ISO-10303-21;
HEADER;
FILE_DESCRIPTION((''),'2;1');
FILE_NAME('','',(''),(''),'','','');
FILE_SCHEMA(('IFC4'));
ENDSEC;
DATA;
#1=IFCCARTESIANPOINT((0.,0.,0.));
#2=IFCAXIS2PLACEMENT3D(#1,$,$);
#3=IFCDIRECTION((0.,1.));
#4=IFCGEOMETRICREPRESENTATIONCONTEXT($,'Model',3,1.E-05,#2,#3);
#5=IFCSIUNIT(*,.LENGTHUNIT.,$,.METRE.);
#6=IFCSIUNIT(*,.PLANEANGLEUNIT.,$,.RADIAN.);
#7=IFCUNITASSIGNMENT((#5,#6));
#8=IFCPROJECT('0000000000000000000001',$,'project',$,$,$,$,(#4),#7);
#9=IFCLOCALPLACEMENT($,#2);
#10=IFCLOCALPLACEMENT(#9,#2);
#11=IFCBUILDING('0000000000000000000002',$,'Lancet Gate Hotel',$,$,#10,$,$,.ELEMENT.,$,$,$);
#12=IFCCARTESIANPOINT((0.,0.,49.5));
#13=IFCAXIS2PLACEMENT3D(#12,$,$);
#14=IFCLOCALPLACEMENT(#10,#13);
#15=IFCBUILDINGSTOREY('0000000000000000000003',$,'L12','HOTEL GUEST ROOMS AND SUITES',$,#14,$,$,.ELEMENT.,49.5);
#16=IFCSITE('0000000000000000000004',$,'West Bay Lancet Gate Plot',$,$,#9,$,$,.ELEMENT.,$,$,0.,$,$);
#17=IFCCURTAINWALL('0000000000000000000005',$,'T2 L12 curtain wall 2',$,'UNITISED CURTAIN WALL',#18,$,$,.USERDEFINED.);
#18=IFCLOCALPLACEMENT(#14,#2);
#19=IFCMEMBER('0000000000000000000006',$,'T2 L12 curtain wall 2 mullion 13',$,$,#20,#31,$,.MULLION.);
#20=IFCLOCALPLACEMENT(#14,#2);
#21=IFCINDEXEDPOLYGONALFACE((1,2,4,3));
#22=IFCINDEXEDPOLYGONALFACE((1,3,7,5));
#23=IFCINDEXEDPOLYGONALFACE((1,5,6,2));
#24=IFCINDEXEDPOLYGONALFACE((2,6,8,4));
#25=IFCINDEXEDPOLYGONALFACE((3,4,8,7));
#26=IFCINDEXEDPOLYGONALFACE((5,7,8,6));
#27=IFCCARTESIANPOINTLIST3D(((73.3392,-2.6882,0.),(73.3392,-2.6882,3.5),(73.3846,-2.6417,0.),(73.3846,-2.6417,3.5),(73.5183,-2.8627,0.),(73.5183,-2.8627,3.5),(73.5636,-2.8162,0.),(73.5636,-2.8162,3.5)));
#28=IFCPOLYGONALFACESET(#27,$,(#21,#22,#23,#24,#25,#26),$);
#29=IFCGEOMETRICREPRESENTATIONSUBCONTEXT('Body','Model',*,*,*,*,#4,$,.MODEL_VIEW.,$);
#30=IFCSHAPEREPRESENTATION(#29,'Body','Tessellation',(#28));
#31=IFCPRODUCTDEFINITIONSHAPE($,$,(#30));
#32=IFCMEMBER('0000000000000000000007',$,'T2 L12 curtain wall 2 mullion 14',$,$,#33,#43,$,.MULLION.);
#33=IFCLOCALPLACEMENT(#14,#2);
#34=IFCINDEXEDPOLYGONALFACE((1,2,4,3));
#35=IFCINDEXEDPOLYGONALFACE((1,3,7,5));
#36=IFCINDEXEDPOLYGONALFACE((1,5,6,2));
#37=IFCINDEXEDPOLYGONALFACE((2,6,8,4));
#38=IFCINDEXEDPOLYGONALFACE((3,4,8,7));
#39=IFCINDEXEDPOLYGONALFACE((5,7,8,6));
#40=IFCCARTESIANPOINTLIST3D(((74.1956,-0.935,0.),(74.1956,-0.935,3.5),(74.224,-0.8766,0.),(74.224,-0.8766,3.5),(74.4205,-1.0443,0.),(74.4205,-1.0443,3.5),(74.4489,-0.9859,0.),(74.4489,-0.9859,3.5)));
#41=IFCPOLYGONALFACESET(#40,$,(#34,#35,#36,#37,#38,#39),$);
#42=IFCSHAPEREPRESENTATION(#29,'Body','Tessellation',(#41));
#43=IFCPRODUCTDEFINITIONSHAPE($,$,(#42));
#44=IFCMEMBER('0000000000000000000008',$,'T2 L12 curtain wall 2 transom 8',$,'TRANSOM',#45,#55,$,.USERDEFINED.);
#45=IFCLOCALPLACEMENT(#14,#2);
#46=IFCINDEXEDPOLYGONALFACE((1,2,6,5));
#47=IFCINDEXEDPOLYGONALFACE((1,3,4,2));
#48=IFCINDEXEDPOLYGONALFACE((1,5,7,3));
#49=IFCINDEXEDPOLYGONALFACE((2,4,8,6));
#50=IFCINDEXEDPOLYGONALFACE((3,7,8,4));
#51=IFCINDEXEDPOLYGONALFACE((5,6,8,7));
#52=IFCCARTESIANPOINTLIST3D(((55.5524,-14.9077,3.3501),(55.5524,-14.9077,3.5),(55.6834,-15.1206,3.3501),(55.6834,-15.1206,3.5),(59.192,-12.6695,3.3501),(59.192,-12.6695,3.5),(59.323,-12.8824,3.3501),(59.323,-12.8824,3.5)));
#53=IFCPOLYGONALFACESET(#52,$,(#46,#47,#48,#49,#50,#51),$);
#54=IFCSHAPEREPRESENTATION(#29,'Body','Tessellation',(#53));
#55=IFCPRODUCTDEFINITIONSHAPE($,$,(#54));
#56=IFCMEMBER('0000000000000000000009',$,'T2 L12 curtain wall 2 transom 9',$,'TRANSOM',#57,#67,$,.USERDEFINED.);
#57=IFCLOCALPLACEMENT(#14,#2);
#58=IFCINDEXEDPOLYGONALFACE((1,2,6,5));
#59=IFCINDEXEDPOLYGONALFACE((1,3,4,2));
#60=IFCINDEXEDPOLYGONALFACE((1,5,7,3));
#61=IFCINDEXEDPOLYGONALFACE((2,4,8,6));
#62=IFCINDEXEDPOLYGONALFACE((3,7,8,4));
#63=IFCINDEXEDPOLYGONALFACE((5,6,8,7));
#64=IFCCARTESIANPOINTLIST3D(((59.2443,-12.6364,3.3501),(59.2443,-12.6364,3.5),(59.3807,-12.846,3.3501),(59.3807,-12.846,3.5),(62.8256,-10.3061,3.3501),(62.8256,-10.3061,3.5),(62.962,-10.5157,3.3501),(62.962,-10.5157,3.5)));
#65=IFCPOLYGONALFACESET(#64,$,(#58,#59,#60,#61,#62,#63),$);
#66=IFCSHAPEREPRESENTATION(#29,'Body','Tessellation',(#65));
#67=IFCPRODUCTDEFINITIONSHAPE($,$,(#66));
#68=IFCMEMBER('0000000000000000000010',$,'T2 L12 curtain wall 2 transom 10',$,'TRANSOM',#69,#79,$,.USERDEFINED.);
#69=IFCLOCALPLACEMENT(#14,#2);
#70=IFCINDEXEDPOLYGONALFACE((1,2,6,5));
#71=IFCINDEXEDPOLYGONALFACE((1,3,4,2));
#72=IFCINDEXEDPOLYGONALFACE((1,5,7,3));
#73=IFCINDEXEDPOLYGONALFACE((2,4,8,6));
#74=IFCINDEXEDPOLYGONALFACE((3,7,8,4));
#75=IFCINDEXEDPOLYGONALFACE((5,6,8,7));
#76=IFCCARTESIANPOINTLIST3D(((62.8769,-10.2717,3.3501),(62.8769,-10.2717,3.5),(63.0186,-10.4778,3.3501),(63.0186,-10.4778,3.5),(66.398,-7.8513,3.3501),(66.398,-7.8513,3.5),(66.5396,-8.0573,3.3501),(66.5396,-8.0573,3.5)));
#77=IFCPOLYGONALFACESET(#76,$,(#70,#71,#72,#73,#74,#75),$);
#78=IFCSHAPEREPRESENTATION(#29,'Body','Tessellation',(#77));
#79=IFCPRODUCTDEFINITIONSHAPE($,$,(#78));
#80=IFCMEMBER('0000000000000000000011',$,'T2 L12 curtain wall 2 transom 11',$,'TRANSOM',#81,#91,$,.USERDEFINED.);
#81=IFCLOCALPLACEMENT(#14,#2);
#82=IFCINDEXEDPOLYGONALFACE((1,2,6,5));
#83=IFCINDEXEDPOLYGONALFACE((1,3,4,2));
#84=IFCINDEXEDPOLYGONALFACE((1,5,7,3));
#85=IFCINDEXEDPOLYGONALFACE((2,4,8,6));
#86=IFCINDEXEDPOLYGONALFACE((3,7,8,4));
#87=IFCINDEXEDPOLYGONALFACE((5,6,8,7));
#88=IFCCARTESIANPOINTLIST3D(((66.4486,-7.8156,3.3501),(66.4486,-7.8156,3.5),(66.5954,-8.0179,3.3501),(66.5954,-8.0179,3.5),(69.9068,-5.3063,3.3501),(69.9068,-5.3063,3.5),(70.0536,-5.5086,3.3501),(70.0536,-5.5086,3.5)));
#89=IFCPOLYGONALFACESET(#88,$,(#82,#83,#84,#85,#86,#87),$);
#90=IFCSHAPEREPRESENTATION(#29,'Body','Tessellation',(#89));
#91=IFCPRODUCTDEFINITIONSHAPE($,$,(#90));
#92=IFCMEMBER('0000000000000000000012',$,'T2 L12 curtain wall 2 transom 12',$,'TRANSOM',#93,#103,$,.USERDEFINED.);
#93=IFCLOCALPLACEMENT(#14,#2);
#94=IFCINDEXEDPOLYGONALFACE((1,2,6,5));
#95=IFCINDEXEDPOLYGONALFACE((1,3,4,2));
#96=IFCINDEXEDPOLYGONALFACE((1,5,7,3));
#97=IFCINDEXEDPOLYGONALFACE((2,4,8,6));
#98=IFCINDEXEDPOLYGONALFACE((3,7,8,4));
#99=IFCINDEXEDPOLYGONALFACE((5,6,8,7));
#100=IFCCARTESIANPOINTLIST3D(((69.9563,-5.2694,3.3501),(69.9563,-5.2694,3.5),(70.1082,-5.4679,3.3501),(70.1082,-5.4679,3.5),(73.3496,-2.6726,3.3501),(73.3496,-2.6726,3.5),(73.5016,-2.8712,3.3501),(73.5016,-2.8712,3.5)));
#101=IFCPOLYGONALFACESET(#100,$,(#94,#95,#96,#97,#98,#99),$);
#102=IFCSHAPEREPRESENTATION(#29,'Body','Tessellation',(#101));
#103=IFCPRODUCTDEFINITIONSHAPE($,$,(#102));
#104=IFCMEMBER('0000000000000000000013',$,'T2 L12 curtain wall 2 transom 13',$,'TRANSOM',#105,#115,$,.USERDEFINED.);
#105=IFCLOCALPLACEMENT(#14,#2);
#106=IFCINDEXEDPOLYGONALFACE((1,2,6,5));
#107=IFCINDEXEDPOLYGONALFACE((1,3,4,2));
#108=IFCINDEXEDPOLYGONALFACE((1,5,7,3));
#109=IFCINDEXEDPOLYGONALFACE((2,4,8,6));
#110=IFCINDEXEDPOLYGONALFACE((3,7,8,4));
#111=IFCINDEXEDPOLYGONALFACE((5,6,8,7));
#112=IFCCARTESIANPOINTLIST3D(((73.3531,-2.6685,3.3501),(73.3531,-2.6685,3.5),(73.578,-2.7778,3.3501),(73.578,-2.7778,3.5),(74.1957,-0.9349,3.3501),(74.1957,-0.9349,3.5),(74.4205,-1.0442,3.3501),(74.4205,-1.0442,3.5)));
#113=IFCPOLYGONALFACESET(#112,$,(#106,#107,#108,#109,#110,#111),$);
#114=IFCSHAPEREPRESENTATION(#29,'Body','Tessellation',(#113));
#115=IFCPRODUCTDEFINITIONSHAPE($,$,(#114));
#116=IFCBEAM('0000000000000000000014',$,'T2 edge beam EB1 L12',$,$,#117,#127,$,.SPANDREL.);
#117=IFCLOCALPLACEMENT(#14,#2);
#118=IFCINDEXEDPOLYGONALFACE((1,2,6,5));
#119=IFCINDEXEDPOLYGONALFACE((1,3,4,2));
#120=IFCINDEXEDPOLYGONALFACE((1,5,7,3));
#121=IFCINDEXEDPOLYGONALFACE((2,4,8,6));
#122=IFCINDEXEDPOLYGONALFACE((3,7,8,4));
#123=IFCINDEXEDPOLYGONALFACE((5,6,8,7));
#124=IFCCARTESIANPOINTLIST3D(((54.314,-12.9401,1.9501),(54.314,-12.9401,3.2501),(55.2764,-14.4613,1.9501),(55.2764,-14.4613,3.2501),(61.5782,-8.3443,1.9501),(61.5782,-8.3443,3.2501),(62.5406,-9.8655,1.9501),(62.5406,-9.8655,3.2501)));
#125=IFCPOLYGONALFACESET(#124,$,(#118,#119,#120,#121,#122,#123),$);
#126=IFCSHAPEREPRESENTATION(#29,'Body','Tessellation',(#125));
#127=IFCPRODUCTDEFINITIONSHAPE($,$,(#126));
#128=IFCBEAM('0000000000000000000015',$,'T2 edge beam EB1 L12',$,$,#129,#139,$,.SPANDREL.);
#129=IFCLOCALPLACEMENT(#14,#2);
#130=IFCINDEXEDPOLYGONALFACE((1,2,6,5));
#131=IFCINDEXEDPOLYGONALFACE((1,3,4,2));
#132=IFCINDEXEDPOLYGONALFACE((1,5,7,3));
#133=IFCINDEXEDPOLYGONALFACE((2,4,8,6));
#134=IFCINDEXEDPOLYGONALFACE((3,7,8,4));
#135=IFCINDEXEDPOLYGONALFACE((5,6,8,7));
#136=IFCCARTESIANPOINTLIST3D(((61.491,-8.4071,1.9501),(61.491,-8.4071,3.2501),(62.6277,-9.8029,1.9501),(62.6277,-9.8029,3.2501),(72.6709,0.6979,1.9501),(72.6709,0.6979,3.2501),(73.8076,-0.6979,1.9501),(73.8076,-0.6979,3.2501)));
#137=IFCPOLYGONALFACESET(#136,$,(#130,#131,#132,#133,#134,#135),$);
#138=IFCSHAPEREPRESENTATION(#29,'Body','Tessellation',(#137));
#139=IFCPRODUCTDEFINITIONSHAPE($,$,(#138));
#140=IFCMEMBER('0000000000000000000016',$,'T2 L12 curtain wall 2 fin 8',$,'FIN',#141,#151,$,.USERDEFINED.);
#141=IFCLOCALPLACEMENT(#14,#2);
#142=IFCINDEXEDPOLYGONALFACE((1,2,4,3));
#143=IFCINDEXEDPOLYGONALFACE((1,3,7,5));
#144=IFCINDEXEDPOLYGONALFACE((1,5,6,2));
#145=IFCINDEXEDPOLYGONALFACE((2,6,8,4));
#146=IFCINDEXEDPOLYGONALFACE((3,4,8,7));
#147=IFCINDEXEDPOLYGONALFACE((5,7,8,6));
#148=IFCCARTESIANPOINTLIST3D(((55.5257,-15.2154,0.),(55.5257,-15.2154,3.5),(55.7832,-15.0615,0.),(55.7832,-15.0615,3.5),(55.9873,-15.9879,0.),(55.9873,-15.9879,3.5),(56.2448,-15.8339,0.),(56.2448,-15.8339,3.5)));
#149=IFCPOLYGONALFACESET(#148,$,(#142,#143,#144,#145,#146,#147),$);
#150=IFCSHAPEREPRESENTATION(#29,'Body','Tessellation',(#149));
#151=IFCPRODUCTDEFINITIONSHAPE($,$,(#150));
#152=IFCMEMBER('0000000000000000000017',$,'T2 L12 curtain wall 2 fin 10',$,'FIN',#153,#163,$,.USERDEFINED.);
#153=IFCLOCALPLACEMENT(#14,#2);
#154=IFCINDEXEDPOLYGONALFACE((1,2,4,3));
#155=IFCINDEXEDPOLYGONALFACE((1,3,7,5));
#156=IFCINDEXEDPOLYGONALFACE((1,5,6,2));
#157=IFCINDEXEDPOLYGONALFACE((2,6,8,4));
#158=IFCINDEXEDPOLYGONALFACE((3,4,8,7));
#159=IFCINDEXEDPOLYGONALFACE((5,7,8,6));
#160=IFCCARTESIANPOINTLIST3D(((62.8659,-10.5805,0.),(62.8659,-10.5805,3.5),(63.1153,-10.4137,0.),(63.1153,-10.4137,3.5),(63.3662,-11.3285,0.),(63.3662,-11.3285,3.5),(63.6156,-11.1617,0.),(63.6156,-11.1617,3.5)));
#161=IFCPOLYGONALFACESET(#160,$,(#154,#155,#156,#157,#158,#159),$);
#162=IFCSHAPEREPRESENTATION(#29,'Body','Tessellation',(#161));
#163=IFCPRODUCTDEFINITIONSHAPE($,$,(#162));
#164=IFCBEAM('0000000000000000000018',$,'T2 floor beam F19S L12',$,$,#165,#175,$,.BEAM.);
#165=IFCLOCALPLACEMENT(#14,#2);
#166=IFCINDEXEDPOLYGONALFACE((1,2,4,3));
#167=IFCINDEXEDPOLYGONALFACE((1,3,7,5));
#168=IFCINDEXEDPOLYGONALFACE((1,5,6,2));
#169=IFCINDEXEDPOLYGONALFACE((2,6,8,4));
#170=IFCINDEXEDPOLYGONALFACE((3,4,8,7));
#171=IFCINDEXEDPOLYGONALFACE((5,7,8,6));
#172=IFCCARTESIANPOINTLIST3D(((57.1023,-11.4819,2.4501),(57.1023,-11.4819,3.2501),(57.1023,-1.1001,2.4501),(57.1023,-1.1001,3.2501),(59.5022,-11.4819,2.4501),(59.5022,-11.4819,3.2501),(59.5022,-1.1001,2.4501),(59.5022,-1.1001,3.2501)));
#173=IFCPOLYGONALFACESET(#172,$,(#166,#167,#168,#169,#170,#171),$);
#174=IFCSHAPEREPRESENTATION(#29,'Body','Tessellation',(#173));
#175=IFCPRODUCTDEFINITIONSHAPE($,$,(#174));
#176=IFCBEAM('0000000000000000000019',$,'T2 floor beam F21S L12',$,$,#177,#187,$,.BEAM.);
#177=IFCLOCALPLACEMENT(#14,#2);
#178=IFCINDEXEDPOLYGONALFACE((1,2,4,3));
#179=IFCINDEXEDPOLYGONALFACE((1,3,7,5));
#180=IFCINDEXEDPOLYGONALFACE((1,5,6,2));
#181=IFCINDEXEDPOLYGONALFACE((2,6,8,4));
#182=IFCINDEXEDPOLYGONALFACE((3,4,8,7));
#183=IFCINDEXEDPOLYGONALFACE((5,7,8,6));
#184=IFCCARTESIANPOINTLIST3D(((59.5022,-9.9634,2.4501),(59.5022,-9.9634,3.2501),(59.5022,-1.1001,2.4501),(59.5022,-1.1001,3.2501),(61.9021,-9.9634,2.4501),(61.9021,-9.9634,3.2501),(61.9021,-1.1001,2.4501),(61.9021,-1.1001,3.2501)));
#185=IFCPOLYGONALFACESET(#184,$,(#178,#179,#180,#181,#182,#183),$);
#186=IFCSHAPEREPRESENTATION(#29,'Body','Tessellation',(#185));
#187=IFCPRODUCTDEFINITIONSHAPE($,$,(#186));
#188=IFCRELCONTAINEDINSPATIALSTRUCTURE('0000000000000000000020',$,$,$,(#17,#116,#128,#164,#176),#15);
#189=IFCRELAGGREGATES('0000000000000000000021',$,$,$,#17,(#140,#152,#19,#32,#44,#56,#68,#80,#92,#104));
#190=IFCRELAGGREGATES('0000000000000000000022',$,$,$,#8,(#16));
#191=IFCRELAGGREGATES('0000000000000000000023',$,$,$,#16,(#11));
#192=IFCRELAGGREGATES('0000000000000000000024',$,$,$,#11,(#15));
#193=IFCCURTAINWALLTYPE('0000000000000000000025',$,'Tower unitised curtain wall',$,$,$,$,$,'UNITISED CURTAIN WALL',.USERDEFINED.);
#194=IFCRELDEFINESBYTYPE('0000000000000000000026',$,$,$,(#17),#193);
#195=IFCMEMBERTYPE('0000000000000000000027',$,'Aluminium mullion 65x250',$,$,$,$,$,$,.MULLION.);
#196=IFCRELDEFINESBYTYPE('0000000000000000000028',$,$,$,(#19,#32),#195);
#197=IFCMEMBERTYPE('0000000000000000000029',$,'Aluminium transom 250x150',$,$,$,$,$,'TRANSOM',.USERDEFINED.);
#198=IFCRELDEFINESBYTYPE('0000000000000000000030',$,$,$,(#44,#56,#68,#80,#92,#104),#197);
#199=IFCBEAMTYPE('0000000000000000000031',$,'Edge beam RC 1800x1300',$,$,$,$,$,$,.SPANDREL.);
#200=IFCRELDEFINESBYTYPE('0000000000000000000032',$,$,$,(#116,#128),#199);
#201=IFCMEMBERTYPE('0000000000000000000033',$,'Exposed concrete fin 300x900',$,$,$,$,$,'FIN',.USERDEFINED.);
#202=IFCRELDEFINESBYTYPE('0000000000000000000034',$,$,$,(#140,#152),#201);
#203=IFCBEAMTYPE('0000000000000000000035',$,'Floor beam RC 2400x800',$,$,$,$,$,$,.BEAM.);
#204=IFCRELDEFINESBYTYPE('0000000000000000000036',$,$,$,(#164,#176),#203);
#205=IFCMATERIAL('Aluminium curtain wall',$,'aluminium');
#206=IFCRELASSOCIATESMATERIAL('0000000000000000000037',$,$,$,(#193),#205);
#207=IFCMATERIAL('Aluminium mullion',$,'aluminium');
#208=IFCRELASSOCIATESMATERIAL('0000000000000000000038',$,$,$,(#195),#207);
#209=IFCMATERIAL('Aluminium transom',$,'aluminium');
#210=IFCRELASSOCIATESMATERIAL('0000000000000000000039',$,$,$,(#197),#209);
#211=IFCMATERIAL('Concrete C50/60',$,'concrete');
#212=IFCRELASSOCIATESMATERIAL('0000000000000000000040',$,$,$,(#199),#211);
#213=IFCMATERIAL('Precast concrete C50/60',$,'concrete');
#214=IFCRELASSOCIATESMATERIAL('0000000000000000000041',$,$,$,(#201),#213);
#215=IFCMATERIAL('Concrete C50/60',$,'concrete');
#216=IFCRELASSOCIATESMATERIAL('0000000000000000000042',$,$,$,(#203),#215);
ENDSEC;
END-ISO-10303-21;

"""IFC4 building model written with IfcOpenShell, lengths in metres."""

from ifc_helpers import new_model, si_unit, direction, frame, origin, origin_2d, place, context, subcontext, project, spatial, rectangle, extrude, material, material_profile, profile_set, type_object, element, aggregate, save


model = new_model("IFC4")

# Units and contexts
model_context = context("Model", 3, precision=1e-05, world=origin(), true_north=direction((0.0, 1.0)))
body_context = subcontext(model_context, "Body", "Model", "MODEL_VIEW")
ifc_project = project(units=[si_unit("LENGTHUNIT", "METRE"), si_unit("PLANEANGLEUNIT", "RADIAN")], contexts=[model_context])

# Site, building, storey
site_placement = place(None, origin())
site = spatial("IfcSite", under=ifc_project, at=site_placement, Name="West Bay Lancet Gate Plot", CompositionType="ELEMENT", RefElevation=0.0)
building_placement = place(site_placement, origin())
building = spatial("IfcBuilding", under=site, at=building_placement, Name="Lancet Gate Hotel", CompositionType="ELEMENT")
storey_placement = place(building_placement, frame((0.0, 0.0, 49.5)))
storey = spatial("IfcBuildingStorey", under=building, at=storey_placement, Name="L12", Description="HOTEL GUEST ROOMS AND SUITES", CompositionType="ELEMENT", Elevation=49.5)

# Curtain wall, members
ifc_material_1 = material(Name="Aluminium curtain wall", Category="aluminium")
curtain_wall_type = type_object("IfcCurtainWallType", Name="Tower unitised curtain wall", ElementType="UNITISED CURTAIN WALL", PredefinedType="USERDEFINED", material=ifc_material_1)
curtain_wall_placement = place(storey_placement, origin())
curtain_wall = element("IfcCurtainWall", 1, at=curtain_wall_placement, inside=storey, type_object=curtain_wall_type, Name="T2 L12 curtain wall 2", ObjectType="UNITISED CURTAIN WALL", PredefinedType="USERDEFINED")
ifc_material_2 = material(Name="Aluminium mullion", Category="aluminium")
ifc_material_profile_1 = material_profile(ifc_material_2, rectangle(XDim=0.0649, YDim=0.25, at=origin_2d()), Name="MULLION 65x250")
ifc_profile_set_1 = profile_set([ifc_material_profile_1], Name="Aluminium mullion")
member_type_1 = type_object("IfcMemberType", Name="Aluminium mullion 65x250", PredefinedType="MULLION", material=ifc_profile_set_1)
member_1_placement = place(storey_placement, frame((73.4514, -2.7522, 0.0), z_axis=(0.0, 0.0, 1.0), x_axis=(0.697983, 0.716114, 0.0)))
member_1 = element("IfcMember", 2, at=member_1_placement, type_object=member_type_1, Name="T2 L12 curtain wall 2 mullion 13", PredefinedType="MULLION", context=body_context, shape_type="SweptSolid", body=[
    extrude(rectangle(XDim=0.0649, YDim=0.25, at=origin_2d()), origin(), (0.0, 0.0, 1.0), 3.5),
])
member_2_placement = place(storey_placement, frame((74.3223, -0.9604, 0.0), z_axis=(0.0, 0.0, 1.0), x_axis=(0.437169, 0.899379, 0.0)))
member_2 = element("IfcMember", 3, at=member_2_placement, type_object=member_type_1, Name="T2 L12 curtain wall 2 mullion 14", PredefinedType="MULLION", context=body_context, shape_type="SweptSolid", body=[
    extrude(rectangle(XDim=0.0649, YDim=0.25, at=origin_2d()), origin(), (0.0, 0.0, 1.0), 3.5),
])
ifc_material_3 = material(Name="Aluminium transom", Category="aluminium")
ifc_material_profile_2 = material_profile(ifc_material_3, rectangle(XDim=0.25, YDim=0.1499, at=origin_2d()), Name="TRANSOM 250x150")
ifc_profile_set_2 = profile_set([ifc_material_profile_2], Name="Aluminium transom")
member_type_2 = type_object("IfcMemberType", Name="Aluminium transom 250x150", ElementType="TRANSOM", PredefinedType="USERDEFINED", material=ifc_profile_set_2)
member_3_placement = place(storey_placement, frame((55.6179, -15.0142, 3.425), z_axis=(0.851815, 0.523842, 0.0), x_axis=(-0.523842, 0.851815, 0.0)))
member_3 = element("IfcMember", 4, at=member_3_placement, type_object=member_type_2, Name="T2 L12 curtain wall 2 transom 8", ObjectType="TRANSOM", PredefinedType="USERDEFINED", context=body_context, shape_type="SweptSolid", body=[
    extrude(rectangle(XDim=0.25, YDim=0.1499, at=origin_2d()), origin(), (0.0, 0.0, 1.0), 4.2727),
])
member_4_placement = place(storey_placement, frame((59.3125, -12.7412, 3.425), z_axis=(0.838179, 0.545396, 0.0), x_axis=(-0.545396, 0.838179, 0.0)))
member_4 = element("IfcMember", 5, at=member_4_placement, type_object=member_type_2, Name="T2 L12 curtain wall 2 transom 9", ObjectType="TRANSOM", PredefinedType="USERDEFINED", context=body_context, shape_type="SweptSolid", body=[
    extrude(rectangle(XDim=0.25, YDim=0.1499, at=origin_2d()), origin(), (0.0, 0.0, 1.0), 4.2727),
])
member_5_placement = place(storey_placement, frame((62.9478, -10.3748, 3.425), z_axis=(0.824072, 0.566485, 0.0), x_axis=(-0.566485, 0.824072, 0.0)))
member_5 = element("IfcMember", 6, at=member_5_placement, type_object=member_type_2, Name="T2 L12 curtain wall 2 transom 10", ObjectType="TRANSOM", PredefinedType="USERDEFINED", context=body_context, shape_type="SweptSolid", body=[
    extrude(rectangle(XDim=0.25, YDim=0.1499, at=origin_2d()), origin(), (0.0, 0.0, 1.0), 4.2727),
])
member_6_placement = place(storey_placement, frame((66.522, -7.9167, 3.425), z_axis=(0.809383, 0.587281, 0.0), x_axis=(-0.587281, 0.809383, 0.0)))
member_6 = element("IfcMember", 7, at=member_6_placement, type_object=member_type_2, Name="T2 L12 curtain wall 2 transom 11", ObjectType="TRANSOM", PredefinedType="USERDEFINED", context=body_context, shape_type="SweptSolid", body=[
    extrude(rectangle(XDim=0.25, YDim=0.1499, at=origin_2d()), origin(), (0.0, 0.0, 1.0), 4.2727),
])
member_7_placement = place(storey_placement, frame((70.0322, -5.3687, 3.425), z_axis=(0.794155, 0.607715, 0.0), x_axis=(-0.607715, 0.794155, 0.0)))
member_7 = element("IfcMember", 8, at=member_7_placement, type_object=member_type_2, Name="T2 L12 curtain wall 2 transom 12", ObjectType="TRANSOM", PredefinedType="USERDEFINED", context=body_context, shape_type="SweptSolid", body=[
    extrude(rectangle(XDim=0.25, YDim=0.1499, at=origin_2d()), origin(), (0.0, 0.0, 1.0), 4.2729),
])
member_8_placement = place(storey_placement, frame((73.4656, -2.7231, 3.425), z_axis=(0.437103, 0.899411, 0.0), x_axis=(-0.899411, 0.437103, 0.0)))
member_8 = element("IfcMember", 9, at=member_8_placement, type_object=member_type_2, Name="T2 L12 curtain wall 2 transom 13", ObjectType="TRANSOM", PredefinedType="USERDEFINED", context=body_context, shape_type="SweptSolid", body=[
    extrude(rectangle(XDim=0.25, YDim=0.1499, at=origin_2d()), origin(), (0.0, 0.0, 1.0), 1.9275),
])

# Beams
ifc_material_4 = material(Name="Concrete C50/60", Category="concrete")
ifc_material_profile_3 = material_profile(ifc_material_4, rectangle(XDim=1.8, YDim=1.3, at=origin_2d()), Name="RC 1800x1300")
ifc_profile_set_3 = profile_set([ifc_material_profile_3], Name="Concrete C50/60")
beam_type_1 = type_object("IfcBeamType", Name="Edge beam RC 1800x1300", PredefinedType="SPANDREL", material=ifc_profile_set_3)
beam_1_placement = place(storey_placement, frame((54.7952, -13.7007, 2.6001), z_axis=(0.845078, 0.534643, 0.0), x_axis=(-0.534643, 0.845078, 0.0)))
element("IfcBeam", 10, at=beam_1_placement, inside=storey, type_object=beam_type_1, Name="T2 edge beam EB1 L12", PredefinedType="SPANDREL", context=body_context, shape_type="SweptSolid", body=[
    extrude(rectangle(XDim=1.8, YDim=1.3, at=origin_2d()), origin(), (0.0, 0.0, 1.0), 8.5959),
])
beam_2_placement = place(storey_placement, frame((62.0593, -9.105, 2.6001), z_axis=(0.775391, 0.631481, 0.0), x_axis=(-0.631481, 0.775391, 0.0)))
element("IfcBeam", 11, at=beam_2_placement, inside=storey, type_object=beam_type_1, Name="T2 edge beam EB1 L12", PredefinedType="SPANDREL", context=body_context, shape_type="SweptSolid", body=[
    extrude(rectangle(XDim=1.8, YDim=1.3, at=origin_2d()), origin(), (0.0, 0.0, 1.0), 14.4185),
])

# Members
ifc_material_5 = material(Name="Precast concrete C50/60", Category="concrete")
ifc_material_profile_4 = material_profile(ifc_material_5, rectangle(XDim=0.3, YDim=0.8999, at=origin_2d()), Name="FIN 300x900")
ifc_profile_set_4 = profile_set([ifc_material_profile_4], Name="Precast concrete C50/60")
member_type_3 = type_object("IfcMemberType", Name="Exposed concrete fin 300x900", ElementType="FIN", PredefinedType="USERDEFINED", material=ifc_profile_set_4)
member_9_placement = place(storey_placement, frame((55.8853, -15.5247, 0.0), z_axis=(0.0, 0.0, 1.0), x_axis=(0.858413, 0.512959, 0.0)))
member_9 = element("IfcMember", 12, at=member_9_placement, type_object=member_type_3, Name="T2 L12 curtain wall 2 fin 8", ObjectType="FIN", PredefinedType="USERDEFINED", context=body_context, shape_type="SweptSolid", body=[
    extrude(rectangle(XDim=0.3, YDim=0.8999, at=origin_2d()), origin(), (0.0, 0.0, 1.0), 3.5),
])
member_10_placement = place(storey_placement, frame((63.2407, -10.8711, 0.0), z_axis=(0.0, 0.0, 1.0), x_axis=(0.831198, 0.555976, 0.0)))
member_10 = element("IfcMember", 13, at=member_10_placement, type_object=member_type_3, Name="T2 L12 curtain wall 2 fin 10", ObjectType="FIN", PredefinedType="USERDEFINED", context=body_context, shape_type="SweptSolid", body=[
    extrude(rectangle(XDim=0.3, YDim=0.8999, at=origin_2d()), origin(), (0.0, 0.0, 1.0), 3.5),
])

# Beams
ifc_material_6 = material(Name="Concrete C50/60", Category="concrete")
ifc_material_profile_5 = material_profile(ifc_material_6, rectangle(XDim=2.3999, YDim=0.8, at=origin_2d()), Name="RC 2400x800")
ifc_profile_set_5 = profile_set([ifc_material_profile_5], Name="Concrete C50/60")
beam_type_2 = type_object("IfcBeamType", Name="Floor beam RC 2400x800", PredefinedType="BEAM", material=ifc_profile_set_5)
beam_3_placement = place(storey_placement, frame((58.3022, -11.4819, 2.8501), z_axis=(0.0, 1.0, 0.0), x_axis=(-1.0, 0.0, 0.0)))
element("IfcBeam", 14, at=beam_3_placement, inside=storey, type_object=beam_type_2, Name="T2 floor beam F19S L12", PredefinedType="BEAM", context=body_context, shape_type="SweptSolid", body=[
    extrude(rectangle(XDim=2.3999, YDim=0.8, at=origin_2d()), origin(), (0.0, 0.0, 1.0), 10.3818),
])
beam_4_placement = place(storey_placement, frame((60.7021, -9.9634, 2.8501), z_axis=(0.0, 1.0, 0.0), x_axis=(-1.0, 0.0, 0.0)))
element("IfcBeam", 15, at=beam_4_placement, inside=storey, type_object=beam_type_2, Name="T2 floor beam F21S L12", PredefinedType="BEAM", context=body_context, shape_type="SweptSolid", body=[
    extrude(rectangle(XDim=2.3999, YDim=0.8, at=origin_2d()), origin(), (0.0, 0.0, 1.0), 8.8633),
])

aggregate(curtain_wall, [member_9, member_10, member_1, member_2, member_3, member_4, member_5, member_6, member_7, member_8])

save(model, "model.ifc")
